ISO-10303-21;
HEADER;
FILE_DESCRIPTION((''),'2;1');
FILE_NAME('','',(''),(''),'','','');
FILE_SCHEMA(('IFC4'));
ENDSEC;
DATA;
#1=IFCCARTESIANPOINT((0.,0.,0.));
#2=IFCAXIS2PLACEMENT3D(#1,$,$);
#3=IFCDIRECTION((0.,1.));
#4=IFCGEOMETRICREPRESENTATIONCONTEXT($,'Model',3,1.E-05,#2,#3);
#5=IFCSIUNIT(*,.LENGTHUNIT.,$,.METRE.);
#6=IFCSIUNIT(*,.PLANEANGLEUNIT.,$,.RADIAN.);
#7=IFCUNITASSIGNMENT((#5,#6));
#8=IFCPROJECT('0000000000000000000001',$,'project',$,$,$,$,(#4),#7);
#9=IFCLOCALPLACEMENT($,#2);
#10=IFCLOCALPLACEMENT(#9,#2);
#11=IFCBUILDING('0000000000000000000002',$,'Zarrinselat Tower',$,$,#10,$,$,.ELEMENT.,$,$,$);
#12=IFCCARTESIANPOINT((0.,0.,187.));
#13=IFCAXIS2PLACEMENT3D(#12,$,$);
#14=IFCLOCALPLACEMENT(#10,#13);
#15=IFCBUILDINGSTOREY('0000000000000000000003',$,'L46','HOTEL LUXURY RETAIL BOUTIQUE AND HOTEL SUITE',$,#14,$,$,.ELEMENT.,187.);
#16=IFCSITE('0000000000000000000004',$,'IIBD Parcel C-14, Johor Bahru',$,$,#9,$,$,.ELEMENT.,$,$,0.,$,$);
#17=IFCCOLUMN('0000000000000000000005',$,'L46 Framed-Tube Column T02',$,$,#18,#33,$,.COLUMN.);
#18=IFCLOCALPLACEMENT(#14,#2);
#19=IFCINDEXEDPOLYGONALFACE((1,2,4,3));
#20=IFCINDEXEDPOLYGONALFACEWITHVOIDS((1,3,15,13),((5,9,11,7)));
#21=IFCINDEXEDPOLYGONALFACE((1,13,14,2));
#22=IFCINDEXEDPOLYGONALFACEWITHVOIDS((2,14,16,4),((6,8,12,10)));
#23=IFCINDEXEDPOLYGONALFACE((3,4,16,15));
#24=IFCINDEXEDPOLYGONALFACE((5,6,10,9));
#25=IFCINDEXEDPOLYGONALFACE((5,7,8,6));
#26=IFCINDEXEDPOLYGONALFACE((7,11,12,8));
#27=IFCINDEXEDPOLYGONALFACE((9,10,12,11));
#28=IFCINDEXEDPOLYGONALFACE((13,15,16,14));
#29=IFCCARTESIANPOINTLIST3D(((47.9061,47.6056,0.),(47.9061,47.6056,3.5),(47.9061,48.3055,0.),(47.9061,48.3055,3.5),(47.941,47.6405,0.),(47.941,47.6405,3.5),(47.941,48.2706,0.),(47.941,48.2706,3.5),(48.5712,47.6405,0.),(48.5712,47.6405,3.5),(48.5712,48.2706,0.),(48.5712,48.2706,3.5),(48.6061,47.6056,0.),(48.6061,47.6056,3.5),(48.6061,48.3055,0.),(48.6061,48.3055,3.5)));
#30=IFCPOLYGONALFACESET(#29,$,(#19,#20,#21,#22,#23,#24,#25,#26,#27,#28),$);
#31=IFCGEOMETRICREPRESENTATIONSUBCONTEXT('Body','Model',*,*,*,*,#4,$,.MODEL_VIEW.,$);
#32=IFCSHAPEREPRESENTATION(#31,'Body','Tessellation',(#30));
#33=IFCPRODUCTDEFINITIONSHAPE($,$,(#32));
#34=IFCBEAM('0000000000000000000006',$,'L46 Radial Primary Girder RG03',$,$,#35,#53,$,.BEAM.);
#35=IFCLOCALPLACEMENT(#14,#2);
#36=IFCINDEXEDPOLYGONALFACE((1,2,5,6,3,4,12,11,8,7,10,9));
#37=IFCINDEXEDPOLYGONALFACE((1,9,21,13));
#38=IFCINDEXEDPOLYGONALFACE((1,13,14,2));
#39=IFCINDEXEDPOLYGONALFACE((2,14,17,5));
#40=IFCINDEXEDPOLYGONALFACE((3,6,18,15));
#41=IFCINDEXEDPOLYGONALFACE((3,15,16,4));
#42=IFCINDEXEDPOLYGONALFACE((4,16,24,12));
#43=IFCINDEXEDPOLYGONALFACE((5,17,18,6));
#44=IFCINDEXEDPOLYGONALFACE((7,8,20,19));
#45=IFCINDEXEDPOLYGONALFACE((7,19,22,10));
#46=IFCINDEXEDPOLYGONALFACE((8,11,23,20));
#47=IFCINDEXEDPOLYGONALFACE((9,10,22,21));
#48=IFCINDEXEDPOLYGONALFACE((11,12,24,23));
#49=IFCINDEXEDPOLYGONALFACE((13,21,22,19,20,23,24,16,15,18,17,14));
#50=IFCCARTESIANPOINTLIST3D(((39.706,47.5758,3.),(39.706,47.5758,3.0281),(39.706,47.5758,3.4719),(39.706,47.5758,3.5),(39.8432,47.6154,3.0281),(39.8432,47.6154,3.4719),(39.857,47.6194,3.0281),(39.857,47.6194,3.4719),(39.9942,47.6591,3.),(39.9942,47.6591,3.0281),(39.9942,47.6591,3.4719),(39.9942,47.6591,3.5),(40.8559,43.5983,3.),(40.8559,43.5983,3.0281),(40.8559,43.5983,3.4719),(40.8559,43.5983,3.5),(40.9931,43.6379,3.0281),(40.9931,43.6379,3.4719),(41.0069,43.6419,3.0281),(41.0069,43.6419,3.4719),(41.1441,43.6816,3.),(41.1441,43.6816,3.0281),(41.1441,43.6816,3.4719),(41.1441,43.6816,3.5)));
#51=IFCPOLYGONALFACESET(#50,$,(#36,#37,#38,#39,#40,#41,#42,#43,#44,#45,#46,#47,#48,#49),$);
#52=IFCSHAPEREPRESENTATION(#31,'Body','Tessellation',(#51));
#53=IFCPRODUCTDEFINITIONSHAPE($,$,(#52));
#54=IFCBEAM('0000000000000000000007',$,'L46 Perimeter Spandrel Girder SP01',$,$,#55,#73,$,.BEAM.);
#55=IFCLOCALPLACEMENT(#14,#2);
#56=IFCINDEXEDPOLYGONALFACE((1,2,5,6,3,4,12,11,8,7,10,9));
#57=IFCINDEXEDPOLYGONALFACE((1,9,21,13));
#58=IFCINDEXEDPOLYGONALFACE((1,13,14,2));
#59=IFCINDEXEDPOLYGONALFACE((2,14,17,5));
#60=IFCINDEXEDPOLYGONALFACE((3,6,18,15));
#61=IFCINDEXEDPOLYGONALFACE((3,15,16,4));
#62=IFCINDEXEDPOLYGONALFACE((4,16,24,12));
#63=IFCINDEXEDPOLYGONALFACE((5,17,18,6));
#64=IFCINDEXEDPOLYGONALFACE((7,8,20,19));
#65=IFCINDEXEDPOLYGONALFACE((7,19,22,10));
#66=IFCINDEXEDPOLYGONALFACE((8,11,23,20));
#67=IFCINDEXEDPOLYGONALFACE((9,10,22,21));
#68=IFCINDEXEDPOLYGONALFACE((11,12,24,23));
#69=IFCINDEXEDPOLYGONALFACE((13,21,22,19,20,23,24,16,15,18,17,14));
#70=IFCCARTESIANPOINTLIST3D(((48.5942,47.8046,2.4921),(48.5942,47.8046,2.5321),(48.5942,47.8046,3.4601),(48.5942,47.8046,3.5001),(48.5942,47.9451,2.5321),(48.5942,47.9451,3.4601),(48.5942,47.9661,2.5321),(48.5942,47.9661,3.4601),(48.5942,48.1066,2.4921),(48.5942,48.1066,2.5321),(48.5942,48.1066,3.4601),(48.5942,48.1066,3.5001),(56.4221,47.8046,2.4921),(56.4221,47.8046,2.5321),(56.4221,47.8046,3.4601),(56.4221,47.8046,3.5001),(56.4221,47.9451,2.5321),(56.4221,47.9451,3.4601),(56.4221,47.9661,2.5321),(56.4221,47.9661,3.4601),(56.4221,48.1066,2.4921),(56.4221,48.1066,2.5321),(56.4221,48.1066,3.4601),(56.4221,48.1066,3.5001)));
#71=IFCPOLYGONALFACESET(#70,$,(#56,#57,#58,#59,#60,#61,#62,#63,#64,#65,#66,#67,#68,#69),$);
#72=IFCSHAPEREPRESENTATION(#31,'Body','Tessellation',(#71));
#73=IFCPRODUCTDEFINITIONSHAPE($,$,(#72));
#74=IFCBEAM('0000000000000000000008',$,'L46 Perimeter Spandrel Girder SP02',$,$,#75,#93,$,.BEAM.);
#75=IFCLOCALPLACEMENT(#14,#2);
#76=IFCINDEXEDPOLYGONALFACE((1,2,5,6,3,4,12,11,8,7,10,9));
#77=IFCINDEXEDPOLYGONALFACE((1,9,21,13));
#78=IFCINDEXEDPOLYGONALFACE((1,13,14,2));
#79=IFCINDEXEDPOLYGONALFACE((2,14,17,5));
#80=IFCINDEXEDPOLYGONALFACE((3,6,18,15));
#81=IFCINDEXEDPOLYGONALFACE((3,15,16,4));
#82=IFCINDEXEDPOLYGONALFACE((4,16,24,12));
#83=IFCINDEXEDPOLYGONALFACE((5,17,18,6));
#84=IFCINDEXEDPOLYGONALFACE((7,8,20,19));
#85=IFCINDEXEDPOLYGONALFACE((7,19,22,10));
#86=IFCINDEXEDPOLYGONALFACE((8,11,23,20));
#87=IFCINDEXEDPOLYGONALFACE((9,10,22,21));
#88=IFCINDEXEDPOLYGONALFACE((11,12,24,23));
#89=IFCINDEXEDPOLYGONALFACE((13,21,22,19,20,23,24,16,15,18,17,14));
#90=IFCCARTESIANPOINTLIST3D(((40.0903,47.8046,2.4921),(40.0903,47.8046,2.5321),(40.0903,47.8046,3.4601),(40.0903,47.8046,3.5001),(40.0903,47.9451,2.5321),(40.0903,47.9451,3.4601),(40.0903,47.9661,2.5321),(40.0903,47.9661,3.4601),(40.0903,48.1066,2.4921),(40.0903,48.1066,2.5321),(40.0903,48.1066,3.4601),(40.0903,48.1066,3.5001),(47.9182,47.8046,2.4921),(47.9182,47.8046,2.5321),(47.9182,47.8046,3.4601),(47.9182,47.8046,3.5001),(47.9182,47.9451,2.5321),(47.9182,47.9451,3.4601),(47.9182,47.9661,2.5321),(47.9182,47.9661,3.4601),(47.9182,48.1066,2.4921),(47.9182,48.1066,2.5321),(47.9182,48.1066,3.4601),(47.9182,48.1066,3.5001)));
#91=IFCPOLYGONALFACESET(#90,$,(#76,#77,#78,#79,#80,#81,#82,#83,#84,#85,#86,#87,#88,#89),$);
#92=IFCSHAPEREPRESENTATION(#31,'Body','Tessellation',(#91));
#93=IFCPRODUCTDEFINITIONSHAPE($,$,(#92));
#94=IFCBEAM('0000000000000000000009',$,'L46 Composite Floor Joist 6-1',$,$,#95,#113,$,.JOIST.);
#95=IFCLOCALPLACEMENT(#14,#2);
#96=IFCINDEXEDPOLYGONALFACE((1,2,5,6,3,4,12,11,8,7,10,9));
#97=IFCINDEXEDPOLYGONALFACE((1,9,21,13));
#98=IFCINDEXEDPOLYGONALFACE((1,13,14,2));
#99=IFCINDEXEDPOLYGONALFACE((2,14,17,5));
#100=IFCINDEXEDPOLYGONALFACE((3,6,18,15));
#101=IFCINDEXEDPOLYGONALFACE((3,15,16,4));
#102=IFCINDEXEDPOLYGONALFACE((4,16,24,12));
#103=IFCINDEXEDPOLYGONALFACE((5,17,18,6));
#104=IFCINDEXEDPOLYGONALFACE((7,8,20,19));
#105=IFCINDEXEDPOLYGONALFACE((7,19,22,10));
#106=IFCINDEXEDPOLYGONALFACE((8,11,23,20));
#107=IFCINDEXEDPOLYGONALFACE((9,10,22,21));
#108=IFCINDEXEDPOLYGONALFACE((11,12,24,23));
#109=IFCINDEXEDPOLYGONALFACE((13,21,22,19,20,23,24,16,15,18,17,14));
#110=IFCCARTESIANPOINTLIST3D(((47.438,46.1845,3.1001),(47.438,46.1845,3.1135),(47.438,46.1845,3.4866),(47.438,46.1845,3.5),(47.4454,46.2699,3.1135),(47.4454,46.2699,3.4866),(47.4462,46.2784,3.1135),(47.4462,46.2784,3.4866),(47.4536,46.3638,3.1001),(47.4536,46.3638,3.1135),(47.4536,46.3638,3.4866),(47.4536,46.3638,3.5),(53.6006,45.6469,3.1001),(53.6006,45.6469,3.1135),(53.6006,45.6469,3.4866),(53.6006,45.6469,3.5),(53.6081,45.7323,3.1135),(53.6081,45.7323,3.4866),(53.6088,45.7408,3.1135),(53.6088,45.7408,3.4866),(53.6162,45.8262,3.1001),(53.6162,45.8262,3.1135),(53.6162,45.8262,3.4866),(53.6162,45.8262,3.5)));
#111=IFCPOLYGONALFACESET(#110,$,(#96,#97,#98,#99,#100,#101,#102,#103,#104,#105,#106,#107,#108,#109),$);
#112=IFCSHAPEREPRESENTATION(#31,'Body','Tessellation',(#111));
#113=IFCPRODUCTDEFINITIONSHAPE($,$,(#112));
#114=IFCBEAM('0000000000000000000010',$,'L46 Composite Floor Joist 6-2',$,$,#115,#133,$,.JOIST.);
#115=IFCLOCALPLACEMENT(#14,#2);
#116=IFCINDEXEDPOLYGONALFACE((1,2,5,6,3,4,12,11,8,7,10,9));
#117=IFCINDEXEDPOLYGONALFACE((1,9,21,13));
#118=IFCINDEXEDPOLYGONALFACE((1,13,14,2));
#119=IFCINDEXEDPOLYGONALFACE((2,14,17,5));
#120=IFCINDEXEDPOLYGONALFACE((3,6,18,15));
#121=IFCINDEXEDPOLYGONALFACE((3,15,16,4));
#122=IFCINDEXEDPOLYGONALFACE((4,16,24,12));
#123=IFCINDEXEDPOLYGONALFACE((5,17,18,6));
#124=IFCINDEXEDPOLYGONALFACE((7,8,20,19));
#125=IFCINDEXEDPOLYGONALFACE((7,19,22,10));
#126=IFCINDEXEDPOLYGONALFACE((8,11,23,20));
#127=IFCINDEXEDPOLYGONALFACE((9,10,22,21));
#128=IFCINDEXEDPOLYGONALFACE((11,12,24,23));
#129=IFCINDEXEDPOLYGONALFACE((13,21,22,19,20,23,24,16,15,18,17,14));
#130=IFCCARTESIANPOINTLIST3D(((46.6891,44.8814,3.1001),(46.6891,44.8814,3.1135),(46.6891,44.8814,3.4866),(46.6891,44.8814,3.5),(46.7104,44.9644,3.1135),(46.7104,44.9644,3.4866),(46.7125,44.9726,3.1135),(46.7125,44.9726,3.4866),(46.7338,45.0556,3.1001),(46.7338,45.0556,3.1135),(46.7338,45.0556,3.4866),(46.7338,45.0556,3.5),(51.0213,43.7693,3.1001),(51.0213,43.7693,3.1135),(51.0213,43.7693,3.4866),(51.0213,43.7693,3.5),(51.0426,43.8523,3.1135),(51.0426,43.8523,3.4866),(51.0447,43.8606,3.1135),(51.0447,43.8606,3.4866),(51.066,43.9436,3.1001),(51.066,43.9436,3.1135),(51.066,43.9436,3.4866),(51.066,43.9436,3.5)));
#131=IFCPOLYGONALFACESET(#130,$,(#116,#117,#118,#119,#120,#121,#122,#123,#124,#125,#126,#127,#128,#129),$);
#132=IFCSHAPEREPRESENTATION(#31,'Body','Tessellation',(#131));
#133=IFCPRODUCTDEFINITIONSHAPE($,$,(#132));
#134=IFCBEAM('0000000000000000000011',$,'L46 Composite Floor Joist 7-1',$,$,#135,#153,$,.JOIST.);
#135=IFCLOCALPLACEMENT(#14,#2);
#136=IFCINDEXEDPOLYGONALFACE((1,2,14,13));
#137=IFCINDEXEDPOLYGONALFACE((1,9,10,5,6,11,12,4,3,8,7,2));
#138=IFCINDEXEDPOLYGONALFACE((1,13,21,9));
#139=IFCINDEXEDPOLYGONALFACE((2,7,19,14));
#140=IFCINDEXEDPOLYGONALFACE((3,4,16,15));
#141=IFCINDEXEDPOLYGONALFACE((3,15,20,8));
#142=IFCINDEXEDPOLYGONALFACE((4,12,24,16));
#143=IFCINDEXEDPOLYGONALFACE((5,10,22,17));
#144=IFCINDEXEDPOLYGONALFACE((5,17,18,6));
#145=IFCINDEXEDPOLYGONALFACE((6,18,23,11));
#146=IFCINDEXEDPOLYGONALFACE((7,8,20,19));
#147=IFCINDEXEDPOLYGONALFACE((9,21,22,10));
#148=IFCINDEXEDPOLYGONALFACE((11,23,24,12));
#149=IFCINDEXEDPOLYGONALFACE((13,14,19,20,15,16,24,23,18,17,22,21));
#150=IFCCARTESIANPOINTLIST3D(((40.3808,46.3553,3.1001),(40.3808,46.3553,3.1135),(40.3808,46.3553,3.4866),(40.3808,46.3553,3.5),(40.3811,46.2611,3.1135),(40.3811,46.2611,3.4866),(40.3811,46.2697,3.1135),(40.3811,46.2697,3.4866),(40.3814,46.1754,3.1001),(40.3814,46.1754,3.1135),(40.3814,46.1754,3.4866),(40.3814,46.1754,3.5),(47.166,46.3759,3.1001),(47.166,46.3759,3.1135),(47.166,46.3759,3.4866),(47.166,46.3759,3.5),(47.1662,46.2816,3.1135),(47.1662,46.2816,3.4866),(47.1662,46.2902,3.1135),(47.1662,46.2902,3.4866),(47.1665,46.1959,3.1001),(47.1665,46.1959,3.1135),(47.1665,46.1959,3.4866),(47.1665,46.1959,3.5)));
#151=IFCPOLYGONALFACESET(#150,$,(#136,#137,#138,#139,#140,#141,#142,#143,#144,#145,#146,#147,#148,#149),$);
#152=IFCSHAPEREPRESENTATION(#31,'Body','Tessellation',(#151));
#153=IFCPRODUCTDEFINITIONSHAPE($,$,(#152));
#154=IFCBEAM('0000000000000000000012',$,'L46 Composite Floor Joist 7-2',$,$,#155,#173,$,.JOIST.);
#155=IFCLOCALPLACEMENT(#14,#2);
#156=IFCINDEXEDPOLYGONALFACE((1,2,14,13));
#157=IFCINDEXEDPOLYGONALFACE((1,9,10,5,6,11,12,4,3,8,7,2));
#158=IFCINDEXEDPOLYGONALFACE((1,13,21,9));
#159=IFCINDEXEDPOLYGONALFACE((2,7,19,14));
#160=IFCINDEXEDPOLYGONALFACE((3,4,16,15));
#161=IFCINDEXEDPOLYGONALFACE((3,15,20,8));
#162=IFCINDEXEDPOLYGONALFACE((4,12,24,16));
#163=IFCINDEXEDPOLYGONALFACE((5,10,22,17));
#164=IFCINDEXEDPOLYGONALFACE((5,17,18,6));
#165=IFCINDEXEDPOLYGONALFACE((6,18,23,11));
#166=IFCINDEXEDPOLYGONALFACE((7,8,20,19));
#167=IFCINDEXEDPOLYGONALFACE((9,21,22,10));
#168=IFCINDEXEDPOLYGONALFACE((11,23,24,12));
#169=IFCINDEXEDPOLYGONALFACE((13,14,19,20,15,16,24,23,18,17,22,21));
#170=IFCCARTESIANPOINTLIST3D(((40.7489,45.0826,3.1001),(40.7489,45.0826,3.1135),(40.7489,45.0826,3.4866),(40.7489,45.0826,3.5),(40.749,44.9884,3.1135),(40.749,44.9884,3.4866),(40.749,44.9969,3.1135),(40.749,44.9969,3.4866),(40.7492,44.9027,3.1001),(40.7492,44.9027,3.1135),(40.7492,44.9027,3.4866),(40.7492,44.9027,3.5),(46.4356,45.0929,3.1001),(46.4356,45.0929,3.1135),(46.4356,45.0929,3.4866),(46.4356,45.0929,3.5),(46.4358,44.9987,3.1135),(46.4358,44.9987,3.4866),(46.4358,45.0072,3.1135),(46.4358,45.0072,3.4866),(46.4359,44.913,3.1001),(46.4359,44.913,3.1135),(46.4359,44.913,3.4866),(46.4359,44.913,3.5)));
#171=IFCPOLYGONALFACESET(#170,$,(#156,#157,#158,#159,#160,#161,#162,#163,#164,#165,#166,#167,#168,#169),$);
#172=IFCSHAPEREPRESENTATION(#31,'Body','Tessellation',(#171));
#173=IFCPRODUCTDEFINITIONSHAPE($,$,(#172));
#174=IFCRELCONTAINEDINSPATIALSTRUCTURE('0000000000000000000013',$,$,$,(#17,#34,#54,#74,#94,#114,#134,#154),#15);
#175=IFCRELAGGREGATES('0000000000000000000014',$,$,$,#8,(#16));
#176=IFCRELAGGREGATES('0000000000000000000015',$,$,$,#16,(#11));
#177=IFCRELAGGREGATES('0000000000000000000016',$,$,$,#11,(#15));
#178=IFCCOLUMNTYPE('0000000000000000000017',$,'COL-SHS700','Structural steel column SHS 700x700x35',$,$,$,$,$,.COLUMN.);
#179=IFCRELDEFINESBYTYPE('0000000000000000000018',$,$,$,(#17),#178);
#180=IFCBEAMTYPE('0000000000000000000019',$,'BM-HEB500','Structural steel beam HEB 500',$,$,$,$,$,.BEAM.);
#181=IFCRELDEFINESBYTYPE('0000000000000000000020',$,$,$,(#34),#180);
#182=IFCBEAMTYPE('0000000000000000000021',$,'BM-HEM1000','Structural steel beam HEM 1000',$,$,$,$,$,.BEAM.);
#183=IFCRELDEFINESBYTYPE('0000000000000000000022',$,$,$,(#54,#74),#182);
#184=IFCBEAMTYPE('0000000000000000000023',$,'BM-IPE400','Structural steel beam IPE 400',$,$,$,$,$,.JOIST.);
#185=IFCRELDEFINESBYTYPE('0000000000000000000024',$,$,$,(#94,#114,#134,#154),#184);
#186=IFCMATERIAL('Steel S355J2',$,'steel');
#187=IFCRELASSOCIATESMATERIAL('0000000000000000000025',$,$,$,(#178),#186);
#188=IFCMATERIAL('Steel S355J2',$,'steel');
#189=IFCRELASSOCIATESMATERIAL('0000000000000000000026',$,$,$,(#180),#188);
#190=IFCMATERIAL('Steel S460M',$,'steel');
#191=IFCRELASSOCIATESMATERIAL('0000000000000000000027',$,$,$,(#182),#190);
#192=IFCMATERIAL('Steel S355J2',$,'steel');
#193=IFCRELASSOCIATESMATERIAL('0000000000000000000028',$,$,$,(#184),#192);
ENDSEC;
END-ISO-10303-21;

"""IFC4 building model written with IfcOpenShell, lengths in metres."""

from ifc_helpers import new_model, si_unit, direction, frame, origin, origin_2d, place, context, subcontext, project, spatial, hollow_rectangle, i_section, extrude, material, material_profile, profile_set, type_object, element, save


model = new_model("IFC4")

# Units and contexts
model_context = context("Model", 3, precision=1e-05, world=origin(), true_north=direction((0.0, 1.0)))
body_context = subcontext(model_context, "Body", "Model", "MODEL_VIEW")
ifc_project = project(units=[si_unit("LENGTHUNIT", "METRE"), si_unit("PLANEANGLEUNIT", "RADIAN")], contexts=[model_context])

# Site, building, storey
site_placement = place(None, origin())
site = spatial("IfcSite", under=ifc_project, at=site_placement, Name="IIBD Parcel C-14, Johor Bahru", CompositionType="ELEMENT", RefElevation=0.0)
building_placement = place(site_placement, origin())
building = spatial("IfcBuilding", under=site, at=building_placement, Name="Zarrinselat Tower", CompositionType="ELEMENT")
storey_placement = place(building_placement, frame((0.0, 0.0, 187.0)))
storey = spatial("IfcBuildingStorey", under=building, at=storey_placement, Name="L46", Description="HOTEL LUXURY RETAIL BOUTIQUE AND HOTEL SUITE", CompositionType="ELEMENT", Elevation=187.0)

# Column
ifc_material_1 = material(Name="Steel S355J2", Category="steel")
ifc_material_profile_1 = material_profile(ifc_material_1, hollow_rectangle(XDim=0.7, YDim=0.7, WallThickness=0.0349, at=origin_2d()), Name="SHS 700x700x35")
ifc_profile_set_1 = profile_set([ifc_material_profile_1], Name="Steel S355J2")
column_type = type_object("IfcColumnType", Name="COL-SHS700", Description="Structural steel column SHS 700x700x35", PredefinedType="COLUMN", material=ifc_profile_set_1)
column_placement = place(storey_placement, frame((48.2561, 47.9556, 0.0), z_axis=(0.0, 0.0, 1.0), x_axis=(1.0, 0.0, 0.0)))
element("IfcColumn", 1, at=column_placement, inside=storey, type_object=column_type, Name="L46 Framed-Tube Column T02", PredefinedType="COLUMN", context=body_context, shape_type="SweptSolid", body=[
    extrude(hollow_rectangle(XDim=0.7, YDim=0.7, WallThickness=0.0349, at=origin_2d()), origin(), (0.0, 0.0, 1.0), 3.5),
])

# Beams
ifc_material_2 = material(Name="Steel S355J2", Category="steel")
ifc_material_profile_2 = material_profile(ifc_material_2, i_section(OverallWidth=0.3, OverallDepth=0.5, WebThickness=0.0144, FlangeThickness=0.0281, at=origin_2d()), Name="HEB 500")
ifc_profile_set_2 = profile_set([ifc_material_profile_2], Name="Steel S355J2")
beam_type_1 = type_object("IfcBeamType", Name="BM-HEB500", Description="Structural steel beam HEB 500", PredefinedType="BEAM", material=ifc_profile_set_2)
beam_1_placement = place(storey_placement, frame((39.8501, 47.6174, 3.25), z_axis=(0.277726, -0.96066, 0.0), x_axis=(0.96066, 0.277726, 0.0)))
element("IfcBeam", 2, at=beam_1_placement, inside=storey, type_object=beam_type_1, Name="L46 Radial Primary Girder RG03", PredefinedType="BEAM", context=body_context, shape_type="SweptSolid", body=[
    extrude(i_section(OverallWidth=0.3, OverallDepth=0.5, WebThickness=0.0144, FlangeThickness=0.0281, at=origin_2d()), origin(), (0.0, 0.0, 1.0), 4.1404),
])
ifc_material_3 = material(Name="Steel S460M", Category="steel")
ifc_material_profile_3 = material_profile(ifc_material_3, i_section(OverallWidth=0.302, OverallDepth=1.0081, WebThickness=0.021, FlangeThickness=0.04, at=origin_2d()), Name="HEM 1000")
ifc_profile_set_3 = profile_set([ifc_material_profile_3], Name="Steel S460M")
beam_type_2 = type_object("IfcBeamType", Name="BM-HEM1000", Description="Structural steel beam HEM 1000", PredefinedType="BEAM", material=ifc_profile_set_3)
for number, where, z_axis, x_axis, name in (
    (3, (48.5942, 47.9556, 2.9961), (1.0, 0.0, 0.0), (0.0, 1.0, 0.0), "L46 Perimeter Spandrel Girder SP01"),
    (4, (40.0903, 47.9556, 2.9961), (1.0, 0.0, 0.0), (0.0, 1.0, 0.0), "L46 Perimeter Spandrel Girder SP02"),
):
    element("IfcBeam", number, at=place(storey_placement, frame(where, z_axis=z_axis, x_axis=x_axis)), inside=storey, type_object=beam_type_2, Name=name, PredefinedType="BEAM", context=body_context, shape_type="SweptSolid", body=[
        extrude(i_section(OverallWidth=0.302, OverallDepth=1.0081, WebThickness=0.021, FlangeThickness=0.04, at=origin_2d()), origin(), (0.0, 0.0, 1.0), 7.8279),
    ])
ifc_material_4 = material(Name="Steel S355J2", Category="steel")
ifc_material_profile_4 = material_profile(ifc_material_4, i_section(OverallWidth=0.1799, OverallDepth=0.3999, WebThickness=0.0085, FlangeThickness=0.0134, at=origin_2d()), Name="IPE 400")
ifc_profile_set_4 = profile_set([ifc_material_profile_4], Name="Steel S355J2")
beam_type_3 = type_object("IfcBeamType", Name="BM-IPE400", Description="Structural steel beam IPE 400", PredefinedType="JOIST", material=ifc_profile_set_4)
beam_2_placement = place(storey_placement, frame((47.4458, 46.2742, 3.3), z_axis=(0.996217, -0.086906, 0.0), x_axis=(0.086906, 0.996217, 0.0)))
element("IfcBeam", 5, at=beam_2_placement, inside=storey, type_object=beam_type_3, Name="L46 Composite Floor Joist 6-1", PredefinedType="JOIST", context=body_context, shape_type="SweptSolid", body=[
    extrude(i_section(OverallWidth=0.1799, OverallDepth=0.3999, WebThickness=0.0085, FlangeThickness=0.0134, at=origin_2d()), origin(), (0.0, 0.0, 1.0), 6.186),
])
beam_3_placement = place(storey_placement, frame((46.7114, 44.9685, 3.3), z_axis=(0.968598, -0.248631, 0.0), x_axis=(0.248631, 0.968598, 0.0)))
element("IfcBeam", 6, at=beam_3_placement, inside=storey, type_object=beam_type_3, Name="L46 Composite Floor Joist 6-2", PredefinedType="JOIST", context=body_context, shape_type="SweptSolid", body=[
    extrude(i_section(OverallWidth=0.1799, OverallDepth=0.3999, WebThickness=0.0085, FlangeThickness=0.0134, at=origin_2d()), origin(), (0.0, 0.0, 1.0), 4.4727),
])
beam_4_placement = place(storey_placement, frame((40.3811, 46.2654, 3.3), z_axis=(0.999995, 0.003022, 0.0), x_axis=(-0.003022, 0.999995, 0.0)))
element("IfcBeam", 7, at=beam_4_placement, inside=storey, type_object=beam_type_3, Name="L46 Composite Floor Joist 7-1", PredefinedType="JOIST", context=body_context, shape_type="SweptSolid", body=[
    extrude(i_section(OverallWidth=0.1799, OverallDepth=0.3999, WebThickness=0.0085, FlangeThickness=0.0134, at=origin_2d()), origin(), (0.0, 0.0, 1.0), 6.7852),
])
beam_5_placement = place(storey_placement, frame((40.749, 44.9927, 3.3), z_axis=(0.999998, 0.001803, 0.0), x_axis=(-0.001803, 0.999998, 0.0)))
element("IfcBeam", 8, at=beam_5_placement, inside=storey, type_object=beam_type_3, Name="L46 Composite Floor Joist 7-2", PredefinedType="JOIST", context=body_context, shape_type="SweptSolid", body=[
    extrude(i_section(OverallWidth=0.1799, OverallDepth=0.3999, WebThickness=0.0085, FlangeThickness=0.0134, at=origin_2d()), origin(), (0.0, 0.0, 1.0), 5.6868),
])

save(model, "model.ifc")
